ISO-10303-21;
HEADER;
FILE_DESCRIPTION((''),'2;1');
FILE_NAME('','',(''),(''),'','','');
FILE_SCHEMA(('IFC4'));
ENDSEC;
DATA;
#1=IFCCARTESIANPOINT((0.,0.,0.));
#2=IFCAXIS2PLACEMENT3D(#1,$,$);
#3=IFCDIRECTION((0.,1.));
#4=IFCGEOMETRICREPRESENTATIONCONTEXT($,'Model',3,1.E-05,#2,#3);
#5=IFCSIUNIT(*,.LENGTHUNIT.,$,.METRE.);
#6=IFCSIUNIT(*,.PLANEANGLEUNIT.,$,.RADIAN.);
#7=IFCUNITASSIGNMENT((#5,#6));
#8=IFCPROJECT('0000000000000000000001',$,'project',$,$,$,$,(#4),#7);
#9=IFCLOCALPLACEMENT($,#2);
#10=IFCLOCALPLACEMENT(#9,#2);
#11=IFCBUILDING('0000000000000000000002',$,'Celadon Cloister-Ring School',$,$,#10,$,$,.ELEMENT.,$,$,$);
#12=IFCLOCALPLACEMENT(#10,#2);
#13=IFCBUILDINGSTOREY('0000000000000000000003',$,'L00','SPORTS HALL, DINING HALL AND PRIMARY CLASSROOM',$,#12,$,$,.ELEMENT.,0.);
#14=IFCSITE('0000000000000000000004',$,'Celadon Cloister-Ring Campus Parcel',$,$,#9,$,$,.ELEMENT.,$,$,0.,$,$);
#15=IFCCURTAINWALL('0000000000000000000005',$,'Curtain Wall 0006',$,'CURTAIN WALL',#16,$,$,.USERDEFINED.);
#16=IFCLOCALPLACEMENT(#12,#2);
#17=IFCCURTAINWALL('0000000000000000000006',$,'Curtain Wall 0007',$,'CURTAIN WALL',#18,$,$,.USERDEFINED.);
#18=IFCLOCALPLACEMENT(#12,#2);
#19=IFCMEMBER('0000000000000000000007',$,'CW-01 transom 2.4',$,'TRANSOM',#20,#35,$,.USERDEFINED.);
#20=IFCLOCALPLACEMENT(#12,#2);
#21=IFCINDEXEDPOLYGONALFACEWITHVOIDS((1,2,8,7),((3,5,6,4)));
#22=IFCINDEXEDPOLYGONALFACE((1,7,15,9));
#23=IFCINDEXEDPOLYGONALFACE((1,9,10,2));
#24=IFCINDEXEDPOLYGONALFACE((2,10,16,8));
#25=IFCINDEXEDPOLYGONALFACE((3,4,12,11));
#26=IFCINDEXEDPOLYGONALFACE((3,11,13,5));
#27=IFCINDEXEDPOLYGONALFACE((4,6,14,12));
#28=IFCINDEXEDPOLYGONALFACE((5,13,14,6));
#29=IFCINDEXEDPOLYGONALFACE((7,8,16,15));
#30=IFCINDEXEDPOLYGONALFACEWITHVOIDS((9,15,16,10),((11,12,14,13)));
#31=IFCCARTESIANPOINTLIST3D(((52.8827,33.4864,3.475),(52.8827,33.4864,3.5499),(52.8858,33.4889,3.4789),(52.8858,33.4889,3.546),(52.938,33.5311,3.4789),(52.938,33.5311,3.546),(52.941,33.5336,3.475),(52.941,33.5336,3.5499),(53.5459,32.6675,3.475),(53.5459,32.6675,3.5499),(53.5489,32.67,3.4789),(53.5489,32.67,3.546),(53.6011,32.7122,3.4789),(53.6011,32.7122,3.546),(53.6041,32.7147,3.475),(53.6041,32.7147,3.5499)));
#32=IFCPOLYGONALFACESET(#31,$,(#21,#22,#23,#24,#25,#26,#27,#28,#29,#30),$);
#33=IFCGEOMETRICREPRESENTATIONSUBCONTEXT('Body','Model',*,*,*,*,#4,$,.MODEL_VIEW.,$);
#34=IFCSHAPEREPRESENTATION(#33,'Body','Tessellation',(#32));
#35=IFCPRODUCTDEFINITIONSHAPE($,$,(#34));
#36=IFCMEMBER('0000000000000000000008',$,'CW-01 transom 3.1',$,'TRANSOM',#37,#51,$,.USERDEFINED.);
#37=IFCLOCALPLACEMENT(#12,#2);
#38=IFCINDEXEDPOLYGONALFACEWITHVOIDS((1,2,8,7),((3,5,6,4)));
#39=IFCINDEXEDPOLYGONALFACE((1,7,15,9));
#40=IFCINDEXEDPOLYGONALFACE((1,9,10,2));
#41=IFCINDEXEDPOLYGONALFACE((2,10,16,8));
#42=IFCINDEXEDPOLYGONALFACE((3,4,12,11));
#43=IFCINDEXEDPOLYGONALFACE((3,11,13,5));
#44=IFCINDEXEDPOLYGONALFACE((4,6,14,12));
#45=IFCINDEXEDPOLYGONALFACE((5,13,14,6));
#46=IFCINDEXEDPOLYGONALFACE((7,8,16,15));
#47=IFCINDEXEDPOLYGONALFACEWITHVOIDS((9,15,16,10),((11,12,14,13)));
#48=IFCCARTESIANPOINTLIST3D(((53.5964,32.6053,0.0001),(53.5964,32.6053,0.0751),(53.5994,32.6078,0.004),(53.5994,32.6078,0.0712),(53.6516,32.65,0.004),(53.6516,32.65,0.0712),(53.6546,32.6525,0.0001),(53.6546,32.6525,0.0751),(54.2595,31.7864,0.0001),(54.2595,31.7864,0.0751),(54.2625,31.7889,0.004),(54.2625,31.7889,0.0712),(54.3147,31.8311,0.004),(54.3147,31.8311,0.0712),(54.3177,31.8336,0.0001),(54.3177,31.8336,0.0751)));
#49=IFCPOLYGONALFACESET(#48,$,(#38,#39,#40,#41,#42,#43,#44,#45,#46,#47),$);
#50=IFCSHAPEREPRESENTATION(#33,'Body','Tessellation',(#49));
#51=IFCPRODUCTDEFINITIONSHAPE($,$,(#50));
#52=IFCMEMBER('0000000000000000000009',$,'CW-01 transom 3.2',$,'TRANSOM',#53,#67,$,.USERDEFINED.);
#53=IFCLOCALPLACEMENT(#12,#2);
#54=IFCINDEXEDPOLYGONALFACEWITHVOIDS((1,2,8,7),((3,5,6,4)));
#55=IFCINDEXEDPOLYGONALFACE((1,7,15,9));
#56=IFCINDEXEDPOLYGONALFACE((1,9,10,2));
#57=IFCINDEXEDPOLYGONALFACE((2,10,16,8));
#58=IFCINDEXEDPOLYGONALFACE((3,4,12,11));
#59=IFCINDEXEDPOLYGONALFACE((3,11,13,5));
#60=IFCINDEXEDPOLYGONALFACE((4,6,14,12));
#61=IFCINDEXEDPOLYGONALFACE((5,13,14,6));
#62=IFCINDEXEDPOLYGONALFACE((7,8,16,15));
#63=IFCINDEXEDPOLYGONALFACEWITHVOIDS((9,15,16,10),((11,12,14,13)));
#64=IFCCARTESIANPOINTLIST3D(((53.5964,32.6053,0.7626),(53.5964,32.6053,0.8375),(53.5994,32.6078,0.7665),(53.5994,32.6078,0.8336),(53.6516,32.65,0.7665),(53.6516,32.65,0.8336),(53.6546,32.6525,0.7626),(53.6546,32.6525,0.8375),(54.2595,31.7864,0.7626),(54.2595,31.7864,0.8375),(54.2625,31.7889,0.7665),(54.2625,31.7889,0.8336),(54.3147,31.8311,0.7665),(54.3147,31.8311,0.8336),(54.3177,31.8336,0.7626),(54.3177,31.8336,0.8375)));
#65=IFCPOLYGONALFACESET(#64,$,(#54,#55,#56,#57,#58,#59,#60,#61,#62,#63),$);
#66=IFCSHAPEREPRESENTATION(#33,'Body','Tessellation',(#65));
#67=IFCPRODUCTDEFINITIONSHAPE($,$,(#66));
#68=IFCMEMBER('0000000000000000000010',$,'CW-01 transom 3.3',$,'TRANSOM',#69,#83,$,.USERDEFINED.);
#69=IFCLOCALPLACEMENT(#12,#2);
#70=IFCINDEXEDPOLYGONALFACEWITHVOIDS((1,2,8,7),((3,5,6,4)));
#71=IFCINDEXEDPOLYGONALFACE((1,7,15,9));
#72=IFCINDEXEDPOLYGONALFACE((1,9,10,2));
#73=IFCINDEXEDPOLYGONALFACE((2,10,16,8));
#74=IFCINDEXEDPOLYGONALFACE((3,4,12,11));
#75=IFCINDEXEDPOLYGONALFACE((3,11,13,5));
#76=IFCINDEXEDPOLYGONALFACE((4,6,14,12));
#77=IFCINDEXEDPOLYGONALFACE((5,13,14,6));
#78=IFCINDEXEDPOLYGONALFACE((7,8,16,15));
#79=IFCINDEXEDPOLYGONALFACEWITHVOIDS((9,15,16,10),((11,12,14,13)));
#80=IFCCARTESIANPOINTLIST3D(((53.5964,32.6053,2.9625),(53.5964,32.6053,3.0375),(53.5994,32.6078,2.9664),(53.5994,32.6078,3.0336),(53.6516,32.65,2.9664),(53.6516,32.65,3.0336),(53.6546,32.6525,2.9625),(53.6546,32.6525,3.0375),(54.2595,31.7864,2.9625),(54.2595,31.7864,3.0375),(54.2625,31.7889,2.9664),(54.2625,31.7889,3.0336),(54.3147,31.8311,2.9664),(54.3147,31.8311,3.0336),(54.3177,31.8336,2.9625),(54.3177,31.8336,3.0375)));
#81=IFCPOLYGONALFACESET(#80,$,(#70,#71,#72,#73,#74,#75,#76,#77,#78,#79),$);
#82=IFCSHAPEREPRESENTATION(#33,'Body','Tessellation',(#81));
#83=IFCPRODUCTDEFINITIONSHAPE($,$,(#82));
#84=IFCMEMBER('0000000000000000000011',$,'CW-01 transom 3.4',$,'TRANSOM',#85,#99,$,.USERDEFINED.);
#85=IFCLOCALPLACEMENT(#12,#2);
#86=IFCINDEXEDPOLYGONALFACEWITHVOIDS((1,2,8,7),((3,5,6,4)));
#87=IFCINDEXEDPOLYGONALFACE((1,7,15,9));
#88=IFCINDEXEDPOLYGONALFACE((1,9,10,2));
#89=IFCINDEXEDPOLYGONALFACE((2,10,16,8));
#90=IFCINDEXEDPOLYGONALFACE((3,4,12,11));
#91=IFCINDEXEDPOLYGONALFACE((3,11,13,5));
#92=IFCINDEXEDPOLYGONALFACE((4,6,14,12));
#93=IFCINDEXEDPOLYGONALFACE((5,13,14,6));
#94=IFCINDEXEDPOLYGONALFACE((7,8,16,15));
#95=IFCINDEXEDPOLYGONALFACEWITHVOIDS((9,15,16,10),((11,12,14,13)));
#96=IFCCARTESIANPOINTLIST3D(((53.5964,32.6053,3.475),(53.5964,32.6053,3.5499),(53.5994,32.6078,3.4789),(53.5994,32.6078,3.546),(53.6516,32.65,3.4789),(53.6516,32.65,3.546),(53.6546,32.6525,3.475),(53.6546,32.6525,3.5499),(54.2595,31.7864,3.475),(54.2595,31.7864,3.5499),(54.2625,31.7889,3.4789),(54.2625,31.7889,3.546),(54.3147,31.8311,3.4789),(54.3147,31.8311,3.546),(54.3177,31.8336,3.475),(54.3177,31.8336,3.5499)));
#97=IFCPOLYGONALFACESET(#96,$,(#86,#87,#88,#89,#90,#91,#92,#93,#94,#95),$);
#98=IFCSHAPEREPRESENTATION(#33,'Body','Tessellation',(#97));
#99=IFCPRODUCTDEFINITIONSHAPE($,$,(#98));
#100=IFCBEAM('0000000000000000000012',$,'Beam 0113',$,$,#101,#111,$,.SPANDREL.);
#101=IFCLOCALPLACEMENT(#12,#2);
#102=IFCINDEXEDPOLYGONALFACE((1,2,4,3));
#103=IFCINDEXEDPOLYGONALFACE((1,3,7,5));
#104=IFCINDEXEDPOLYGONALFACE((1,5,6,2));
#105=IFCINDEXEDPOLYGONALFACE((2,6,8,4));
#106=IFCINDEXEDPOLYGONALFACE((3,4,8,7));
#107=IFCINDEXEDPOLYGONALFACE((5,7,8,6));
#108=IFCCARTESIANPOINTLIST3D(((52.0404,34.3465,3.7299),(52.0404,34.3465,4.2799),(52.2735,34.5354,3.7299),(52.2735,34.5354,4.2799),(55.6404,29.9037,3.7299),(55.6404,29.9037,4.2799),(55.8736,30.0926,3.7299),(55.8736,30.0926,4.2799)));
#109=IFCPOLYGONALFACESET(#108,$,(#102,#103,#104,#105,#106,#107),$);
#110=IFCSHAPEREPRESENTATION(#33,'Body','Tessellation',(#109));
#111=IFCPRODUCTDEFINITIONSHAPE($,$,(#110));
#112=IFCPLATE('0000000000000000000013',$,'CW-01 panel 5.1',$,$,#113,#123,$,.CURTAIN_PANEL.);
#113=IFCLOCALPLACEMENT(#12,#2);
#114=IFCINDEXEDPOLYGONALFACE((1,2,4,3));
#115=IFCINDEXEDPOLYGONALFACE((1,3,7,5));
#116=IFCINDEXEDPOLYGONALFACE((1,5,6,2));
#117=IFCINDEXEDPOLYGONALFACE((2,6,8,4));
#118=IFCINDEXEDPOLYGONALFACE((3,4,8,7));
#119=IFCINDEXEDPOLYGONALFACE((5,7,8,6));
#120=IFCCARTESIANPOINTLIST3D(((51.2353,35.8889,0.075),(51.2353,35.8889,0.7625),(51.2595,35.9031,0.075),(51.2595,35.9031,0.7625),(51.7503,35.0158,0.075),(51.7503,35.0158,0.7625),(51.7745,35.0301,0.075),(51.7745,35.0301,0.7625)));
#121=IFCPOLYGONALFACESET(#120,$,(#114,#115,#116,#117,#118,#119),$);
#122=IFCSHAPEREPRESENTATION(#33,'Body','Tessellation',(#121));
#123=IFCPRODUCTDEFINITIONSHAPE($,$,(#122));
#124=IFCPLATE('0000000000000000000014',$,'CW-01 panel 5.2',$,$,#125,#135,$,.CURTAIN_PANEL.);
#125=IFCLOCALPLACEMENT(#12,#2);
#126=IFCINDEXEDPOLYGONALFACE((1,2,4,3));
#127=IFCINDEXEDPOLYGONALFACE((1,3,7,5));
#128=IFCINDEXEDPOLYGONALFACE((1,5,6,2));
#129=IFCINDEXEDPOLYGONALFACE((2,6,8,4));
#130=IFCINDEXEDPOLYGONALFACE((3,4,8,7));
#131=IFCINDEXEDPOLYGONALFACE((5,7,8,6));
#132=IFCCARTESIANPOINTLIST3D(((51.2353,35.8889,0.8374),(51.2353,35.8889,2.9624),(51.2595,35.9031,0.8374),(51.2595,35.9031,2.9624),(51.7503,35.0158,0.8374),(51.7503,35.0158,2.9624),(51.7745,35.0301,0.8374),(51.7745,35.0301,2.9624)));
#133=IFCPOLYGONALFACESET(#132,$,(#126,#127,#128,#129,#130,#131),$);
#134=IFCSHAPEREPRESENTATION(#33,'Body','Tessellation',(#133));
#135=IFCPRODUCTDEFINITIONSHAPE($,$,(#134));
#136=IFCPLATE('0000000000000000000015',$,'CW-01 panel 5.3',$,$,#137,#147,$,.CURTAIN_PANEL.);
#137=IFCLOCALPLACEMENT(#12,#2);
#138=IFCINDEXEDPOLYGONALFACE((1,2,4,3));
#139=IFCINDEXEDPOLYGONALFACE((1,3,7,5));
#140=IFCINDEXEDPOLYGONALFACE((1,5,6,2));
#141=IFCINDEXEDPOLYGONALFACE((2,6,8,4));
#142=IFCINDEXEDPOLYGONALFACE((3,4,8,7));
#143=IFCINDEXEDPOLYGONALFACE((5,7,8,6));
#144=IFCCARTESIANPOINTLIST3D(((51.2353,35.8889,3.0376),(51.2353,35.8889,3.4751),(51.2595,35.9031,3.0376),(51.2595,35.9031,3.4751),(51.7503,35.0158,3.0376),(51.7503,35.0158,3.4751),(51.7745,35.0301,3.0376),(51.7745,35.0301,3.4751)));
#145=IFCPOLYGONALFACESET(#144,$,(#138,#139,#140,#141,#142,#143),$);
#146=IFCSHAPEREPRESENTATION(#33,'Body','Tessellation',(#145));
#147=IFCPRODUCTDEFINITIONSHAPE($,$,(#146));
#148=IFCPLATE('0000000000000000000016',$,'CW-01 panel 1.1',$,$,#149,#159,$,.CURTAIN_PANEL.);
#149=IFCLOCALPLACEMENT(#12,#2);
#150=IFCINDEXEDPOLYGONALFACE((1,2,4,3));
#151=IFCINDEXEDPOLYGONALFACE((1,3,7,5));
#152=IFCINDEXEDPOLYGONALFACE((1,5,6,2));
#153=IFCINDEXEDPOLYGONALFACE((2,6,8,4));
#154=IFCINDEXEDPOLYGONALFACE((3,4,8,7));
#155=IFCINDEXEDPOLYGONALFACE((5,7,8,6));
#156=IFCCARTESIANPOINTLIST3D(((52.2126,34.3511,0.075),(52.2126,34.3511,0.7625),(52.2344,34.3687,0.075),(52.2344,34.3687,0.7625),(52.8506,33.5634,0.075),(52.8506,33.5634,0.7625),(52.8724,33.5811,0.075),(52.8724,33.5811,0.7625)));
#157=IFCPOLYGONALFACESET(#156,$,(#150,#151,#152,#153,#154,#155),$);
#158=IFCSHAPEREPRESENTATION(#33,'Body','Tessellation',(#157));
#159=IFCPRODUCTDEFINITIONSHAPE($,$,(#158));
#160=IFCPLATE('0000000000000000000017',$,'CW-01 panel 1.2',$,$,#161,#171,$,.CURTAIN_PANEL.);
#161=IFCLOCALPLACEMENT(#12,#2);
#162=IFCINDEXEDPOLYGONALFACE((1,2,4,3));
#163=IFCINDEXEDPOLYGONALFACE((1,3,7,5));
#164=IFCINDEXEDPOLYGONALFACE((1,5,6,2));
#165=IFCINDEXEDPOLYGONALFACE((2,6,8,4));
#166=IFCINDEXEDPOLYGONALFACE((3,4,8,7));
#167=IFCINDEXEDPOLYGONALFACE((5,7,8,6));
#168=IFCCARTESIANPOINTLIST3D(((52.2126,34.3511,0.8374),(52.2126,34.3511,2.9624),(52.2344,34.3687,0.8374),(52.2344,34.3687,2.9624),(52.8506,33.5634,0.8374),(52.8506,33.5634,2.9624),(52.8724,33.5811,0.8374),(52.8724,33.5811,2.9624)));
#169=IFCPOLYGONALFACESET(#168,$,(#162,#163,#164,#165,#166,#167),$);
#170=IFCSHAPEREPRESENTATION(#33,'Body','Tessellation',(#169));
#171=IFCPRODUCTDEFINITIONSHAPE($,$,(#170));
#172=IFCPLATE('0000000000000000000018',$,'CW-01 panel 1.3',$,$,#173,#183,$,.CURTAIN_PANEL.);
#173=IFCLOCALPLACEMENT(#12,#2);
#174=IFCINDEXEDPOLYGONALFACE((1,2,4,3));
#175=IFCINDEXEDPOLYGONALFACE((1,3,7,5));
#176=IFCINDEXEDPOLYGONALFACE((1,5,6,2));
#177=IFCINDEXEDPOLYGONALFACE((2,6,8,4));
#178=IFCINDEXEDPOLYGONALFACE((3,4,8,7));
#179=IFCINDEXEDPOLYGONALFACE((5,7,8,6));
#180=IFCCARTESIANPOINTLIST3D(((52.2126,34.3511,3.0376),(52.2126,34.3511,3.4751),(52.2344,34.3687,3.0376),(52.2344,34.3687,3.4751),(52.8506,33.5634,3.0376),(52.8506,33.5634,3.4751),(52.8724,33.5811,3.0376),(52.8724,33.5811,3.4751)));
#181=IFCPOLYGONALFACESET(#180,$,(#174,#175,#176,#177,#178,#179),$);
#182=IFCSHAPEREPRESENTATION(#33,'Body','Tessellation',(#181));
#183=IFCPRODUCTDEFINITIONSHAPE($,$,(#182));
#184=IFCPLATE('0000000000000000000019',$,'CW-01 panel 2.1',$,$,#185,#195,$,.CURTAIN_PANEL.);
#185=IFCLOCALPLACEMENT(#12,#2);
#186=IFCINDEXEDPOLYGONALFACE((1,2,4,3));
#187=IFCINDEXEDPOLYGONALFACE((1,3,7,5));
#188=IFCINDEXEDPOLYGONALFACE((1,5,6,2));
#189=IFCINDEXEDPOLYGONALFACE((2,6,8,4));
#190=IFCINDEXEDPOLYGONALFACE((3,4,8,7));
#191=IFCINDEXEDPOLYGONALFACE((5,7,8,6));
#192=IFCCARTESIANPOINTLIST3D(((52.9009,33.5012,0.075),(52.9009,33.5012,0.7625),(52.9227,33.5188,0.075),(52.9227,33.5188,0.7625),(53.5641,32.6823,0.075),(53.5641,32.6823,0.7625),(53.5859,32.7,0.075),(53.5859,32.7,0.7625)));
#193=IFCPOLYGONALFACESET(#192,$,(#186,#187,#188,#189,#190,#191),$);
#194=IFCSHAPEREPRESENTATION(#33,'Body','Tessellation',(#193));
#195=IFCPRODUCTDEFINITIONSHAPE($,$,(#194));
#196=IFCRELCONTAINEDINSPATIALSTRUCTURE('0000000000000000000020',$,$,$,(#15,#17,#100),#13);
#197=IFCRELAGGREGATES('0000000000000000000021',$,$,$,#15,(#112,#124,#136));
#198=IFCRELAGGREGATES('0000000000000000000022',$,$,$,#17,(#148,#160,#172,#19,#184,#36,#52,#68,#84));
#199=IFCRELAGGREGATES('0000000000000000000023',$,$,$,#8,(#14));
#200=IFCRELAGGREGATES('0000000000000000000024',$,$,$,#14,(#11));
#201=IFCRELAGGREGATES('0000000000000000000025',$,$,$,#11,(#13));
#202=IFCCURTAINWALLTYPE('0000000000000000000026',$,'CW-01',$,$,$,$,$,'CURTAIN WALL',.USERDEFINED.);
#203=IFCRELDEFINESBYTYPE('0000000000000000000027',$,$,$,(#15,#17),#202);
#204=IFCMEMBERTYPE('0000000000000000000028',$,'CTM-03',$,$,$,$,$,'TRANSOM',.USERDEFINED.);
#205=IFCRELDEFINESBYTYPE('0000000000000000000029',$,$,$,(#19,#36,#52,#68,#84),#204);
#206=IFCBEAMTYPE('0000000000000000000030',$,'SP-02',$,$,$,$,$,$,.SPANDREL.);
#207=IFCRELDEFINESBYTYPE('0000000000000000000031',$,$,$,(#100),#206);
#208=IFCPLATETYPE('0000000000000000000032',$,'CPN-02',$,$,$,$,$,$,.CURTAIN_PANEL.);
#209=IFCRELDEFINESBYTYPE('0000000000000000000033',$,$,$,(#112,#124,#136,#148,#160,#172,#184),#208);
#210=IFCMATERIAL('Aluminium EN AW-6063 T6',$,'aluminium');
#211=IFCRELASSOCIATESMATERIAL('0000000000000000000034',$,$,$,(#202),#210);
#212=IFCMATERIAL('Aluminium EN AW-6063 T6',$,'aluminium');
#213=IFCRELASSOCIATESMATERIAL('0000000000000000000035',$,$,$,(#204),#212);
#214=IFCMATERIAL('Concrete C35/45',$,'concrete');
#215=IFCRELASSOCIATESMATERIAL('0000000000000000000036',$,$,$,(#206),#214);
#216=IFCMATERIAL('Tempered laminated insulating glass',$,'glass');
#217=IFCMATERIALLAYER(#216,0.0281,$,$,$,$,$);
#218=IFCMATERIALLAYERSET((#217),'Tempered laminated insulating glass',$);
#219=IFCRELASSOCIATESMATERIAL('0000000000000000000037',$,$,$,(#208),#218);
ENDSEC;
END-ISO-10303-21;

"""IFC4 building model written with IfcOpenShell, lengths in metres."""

from ifc_helpers import new_model, si_unit, direction, frame, origin, origin_2d, place, context, subcontext, project, spatial, rectangle, hollow_rectangle, extrude, material, layer, layer_set, material_profile, profile_set, type_object, element, aggregate, save


model = new_model("IFC4")

# Units and contexts
model_context = context("Model", 3, precision=1e-05, world=origin(), true_north=direction((0.0, 1.0)))
body_context = subcontext(model_context, "Body", "Model", "MODEL_VIEW")
ifc_project = project(units=[si_unit("LENGTHUNIT", "METRE"), si_unit("PLANEANGLEUNIT", "RADIAN")], contexts=[model_context])

# Site, building, storey
site_placement = place(None, origin())
site = spatial("IfcSite", under=ifc_project, at=site_placement, Name="Celadon Cloister-Ring Campus Parcel", CompositionType="ELEMENT", RefElevation=0.0)
building_placement = place(site_placement, origin())
building = spatial("IfcBuilding", under=site, at=building_placement, Name="Celadon Cloister-Ring School", CompositionType="ELEMENT")
storey_placement = place(building_placement, origin())
storey = spatial("IfcBuildingStorey", under=building, at=storey_placement, Name="L00", Description="SPORTS HALL, DINING HALL AND PRIMARY CLASSROOM", CompositionType="ELEMENT", Elevation=0.0)

# Curtain wall
ifc_material_1 = material(Name="Aluminium EN AW-6063 T6", Category="aluminium")
curtain_wall_type = type_object("IfcCurtainWallType", Name="CW-01", ElementType="CURTAIN WALL", PredefinedType="USERDEFINED", material=ifc_material_1)
curtain_wall_1_placement = place(storey_placement, origin())
curtain_wall_1 = element("IfcCurtainWall", 1, at=curtain_wall_1_placement, inside=storey, type_object=curtain_wall_type, Name="Curtain Wall 0006", ObjectType="CURTAIN WALL", PredefinedType="USERDEFINED")

# Curtain wall
curtain_wall_2_placement = place(storey_placement, origin())
curtain_wall_2 = element("IfcCurtainWall", 2, at=curtain_wall_2_placement, inside=storey, type_object=curtain_wall_type, Name="Curtain Wall 0007", ObjectType="CURTAIN WALL", PredefinedType="USERDEFINED")

# Members
ifc_material_2 = material(Name="Aluminium EN AW-6063 T6", Category="aluminium")
ifc_material_profile_1 = material_profile(ifc_material_2, hollow_rectangle(XDim=0.075, YDim=0.075, WallThickness=0.0039, at=origin_2d()), Name="RHS75X75X4")
ifc_profile_set_1 = profile_set([ifc_material_profile_1], Name="Aluminium EN AW-6063 T6")
member_type_1 = type_object("IfcMemberType", Name="CTM-03", ElementType="TRANSOM", PredefinedType="USERDEFINED", material=ifc_profile_set_1)
member_1_placement = place(storey_placement, frame((52.9119, 33.51, 3.5125), z_axis=(0.629318, -0.777148, 0.0), x_axis=(0.777148, 0.629318, 0.0)))
member_1 = element("IfcMember", 3, at=member_1_placement, type_object=member_type_1, Name="CW-01 transom 2.4", ObjectType="TRANSOM", PredefinedType="USERDEFINED", context=body_context, shape_type="SweptSolid", body=[
    extrude(hollow_rectangle(XDim=0.075, YDim=0.075, WallThickness=0.0039, at=origin_2d()), origin(), (0.0, 0.0, 1.0), 1.0537),
])
member_2_placement = place(storey_placement, frame((53.6255, 32.6289, 0.0376), z_axis=(0.629318, -0.777148, 0.0), x_axis=(0.777148, 0.629318, 0.0)))
member_2 = element("IfcMember", 4, at=member_2_placement, type_object=member_type_1, Name="CW-01 transom 3.1", ObjectType="TRANSOM", PredefinedType="USERDEFINED", context=body_context, shape_type="SweptSolid", body=[
    extrude(hollow_rectangle(XDim=0.075, YDim=0.075, WallThickness=0.0039, at=origin_2d()), origin(), (0.0, 0.0, 1.0), 1.0537),
])
member_3_placement = place(storey_placement, frame((53.6255, 32.6289, 0.8), z_axis=(0.629318, -0.777148, 0.0), x_axis=(0.777148, 0.629318, 0.0)))
member_3 = element("IfcMember", 5, at=member_3_placement, type_object=member_type_1, Name="CW-01 transom 3.2", ObjectType="TRANSOM", PredefinedType="USERDEFINED", context=body_context, shape_type="SweptSolid", body=[
    extrude(hollow_rectangle(XDim=0.075, YDim=0.075, WallThickness=0.0039, at=origin_2d()), origin(), (0.0, 0.0, 1.0), 1.0537),
])
member_4_placement = place(storey_placement, frame((53.6255, 32.6289, 3.0), z_axis=(0.629318, -0.777148, 0.0), x_axis=(0.777148, 0.629318, 0.0)))
member_4 = element("IfcMember", 6, at=member_4_placement, type_object=member_type_1, Name="CW-01 transom 3.3", ObjectType="TRANSOM", PredefinedType="USERDEFINED", context=body_context, shape_type="SweptSolid", body=[
    extrude(hollow_rectangle(XDim=0.075, YDim=0.075, WallThickness=0.0039, at=origin_2d()), origin(), (0.0, 0.0, 1.0), 1.0537),
])
member_5_placement = place(storey_placement, frame((53.6255, 32.6289, 3.5125), z_axis=(0.629318, -0.777148, 0.0), x_axis=(0.777148, 0.629318, 0.0)))
member_5 = element("IfcMember", 7, at=member_5_placement, type_object=member_type_1, Name="CW-01 transom 3.4", ObjectType="TRANSOM", PredefinedType="USERDEFINED", context=body_context, shape_type="SweptSolid", body=[
    extrude(hollow_rectangle(XDim=0.075, YDim=0.075, WallThickness=0.0039, at=origin_2d()), origin(), (0.0, 0.0, 1.0), 1.0537),
])

# Beam
ifc_material_3 = material(Name="Concrete C35/45", Category="concrete")
ifc_material_profile_2 = material_profile(ifc_material_3, rectangle(XDim=0.3, YDim=0.55, at=origin_2d()), Name="RC300X550")
ifc_profile_set_2 = profile_set([ifc_material_profile_2], Name="Concrete C35/45")
beam_type = type_object("IfcBeamType", Name="SP-02", PredefinedType="SPANDREL", material=ifc_profile_set_2)
beam_placement = place(storey_placement, frame((52.157, 34.4409, 4.0049), z_axis=(0.629567, -0.776947, 0.0), x_axis=(0.776947, 0.629567, 0.0)))
element("IfcBeam", 8, at=beam_placement, inside=storey, type_object=beam_type, Name="Beam 0113", PredefinedType="SPANDREL", context=body_context, shape_type="SweptSolid", body=[
    extrude(rectangle(XDim=0.3, YDim=0.55, at=origin_2d()), origin(), (0.0, 0.0, 1.0), 5.7183),
])

# Plates
ifc_material_4 = material(Name="Tempered laminated insulating glass", Category="glass")
ifc_layer = layer(ifc_material_4, 0.0281)
ifc_layer_set = layer_set([ifc_layer], Name="Tempered laminated insulating glass")
plate_type = type_object("IfcPlateType", Name="CPN-02", PredefinedType="CURTAIN_PANEL", material=ifc_layer_set)
plate_1_placement = place(storey_placement, frame((51.5049, 35.4595, 0.075), z_axis=(0.0, 0.0, 1.0), x_axis=(0.508099, -0.861299, 0.0)))
plate_1 = element("IfcPlate", 9, at=plate_1_placement, type_object=plate_type, Name="CW-01 panel 5.1", PredefinedType="CURTAIN_PANEL", context=body_context, shape_type="SweptSolid", body=[
    extrude(rectangle(XDim=1.0137, YDim=0.0281, at=origin_2d()), origin(), (0.0, 0.0, 1.0), 0.6875),
])
plate_2_placement = place(storey_placement, frame((51.5049, 35.4595, 0.8374), z_axis=(0.0, 0.0, 1.0), x_axis=(0.508099, -0.861299, 0.0)))
plate_2 = element("IfcPlate", 10, at=plate_2_placement, type_object=plate_type, Name="CW-01 panel 5.2", PredefinedType="CURTAIN_PANEL", context=body_context, shape_type="SweptSolid", body=[
    extrude(rectangle(XDim=1.0137, YDim=0.0281, at=origin_2d()), origin(), (0.0, 0.0, 1.0), 2.125),
])
plate_3_placement = place(storey_placement, frame((51.5049, 35.4595, 3.0376), z_axis=(0.0, 0.0, 1.0), x_axis=(0.508099, -0.861299, 0.0)))
plate_3 = element("IfcPlate", 11, at=plate_3_placement, type_object=plate_type, Name="CW-01 panel 5.3", PredefinedType="CURTAIN_PANEL", context=body_context, shape_type="SweptSolid", body=[
    extrude(rectangle(XDim=1.0137, YDim=0.0281, at=origin_2d()), origin(), (0.0, 0.0, 1.0), 0.4375),
])
aggregate(curtain_wall_1, [plate_1, plate_2, plate_3])
plate_4_placement = place(storey_placement, frame((52.5425, 33.9661, 0.075), z_axis=(0.0, 0.0, 1.0), x_axis=(0.629416, -0.777068, 0.0)))
plate_4 = element("IfcPlate", 12, at=plate_4_placement, type_object=plate_type, Name="CW-01 panel 1.1", PredefinedType="CURTAIN_PANEL", context=body_context, shape_type="SweptSolid", body=[
    extrude(rectangle(XDim=1.0137, YDim=0.0281, at=origin_2d()), origin(), (0.0, 0.0, 1.0), 0.6875),
])
plate_5_placement = place(storey_placement, frame((52.5425, 33.9661, 0.8374), z_axis=(0.0, 0.0, 1.0), x_axis=(0.629416, -0.777068, 0.0)))
plate_5 = element("IfcPlate", 13, at=plate_5_placement, type_object=plate_type, Name="CW-01 panel 1.2", PredefinedType="CURTAIN_PANEL", context=body_context, shape_type="SweptSolid", body=[
    extrude(rectangle(XDim=1.0137, YDim=0.0281, at=origin_2d()), origin(), (0.0, 0.0, 1.0), 2.125),
])
plate_6_placement = place(storey_placement, frame((52.5425, 33.9661, 3.0376), z_axis=(0.0, 0.0, 1.0), x_axis=(0.629416, -0.777068, 0.0)))
plate_6 = element("IfcPlate", 14, at=plate_6_placement, type_object=plate_type, Name="CW-01 panel 1.3", PredefinedType="CURTAIN_PANEL", context=body_context, shape_type="SweptSolid", body=[
    extrude(rectangle(XDim=1.0137, YDim=0.0281, at=origin_2d()), origin(), (0.0, 0.0, 1.0), 0.4375),
])
plate_7_placement = place(storey_placement, frame((53.2434, 33.1006, 0.075), z_axis=(0.0, 0.0, 1.0), x_axis=(0.629416, -0.777068, 0.0)))
plate_7 = element("IfcPlate", 15, at=plate_7_placement, type_object=plate_type, Name="CW-01 panel 2.1", PredefinedType="CURTAIN_PANEL", context=body_context, shape_type="SweptSolid", body=[
    extrude(rectangle(XDim=1.0537, YDim=0.0281, at=origin_2d()), origin(), (0.0, 0.0, 1.0), 0.6875),
])
aggregate(curtain_wall_2, [plate_4, plate_5, plate_6, member_1, plate_7, member_2, member_3, member_4, member_5])

save(model, "model.ifc")
